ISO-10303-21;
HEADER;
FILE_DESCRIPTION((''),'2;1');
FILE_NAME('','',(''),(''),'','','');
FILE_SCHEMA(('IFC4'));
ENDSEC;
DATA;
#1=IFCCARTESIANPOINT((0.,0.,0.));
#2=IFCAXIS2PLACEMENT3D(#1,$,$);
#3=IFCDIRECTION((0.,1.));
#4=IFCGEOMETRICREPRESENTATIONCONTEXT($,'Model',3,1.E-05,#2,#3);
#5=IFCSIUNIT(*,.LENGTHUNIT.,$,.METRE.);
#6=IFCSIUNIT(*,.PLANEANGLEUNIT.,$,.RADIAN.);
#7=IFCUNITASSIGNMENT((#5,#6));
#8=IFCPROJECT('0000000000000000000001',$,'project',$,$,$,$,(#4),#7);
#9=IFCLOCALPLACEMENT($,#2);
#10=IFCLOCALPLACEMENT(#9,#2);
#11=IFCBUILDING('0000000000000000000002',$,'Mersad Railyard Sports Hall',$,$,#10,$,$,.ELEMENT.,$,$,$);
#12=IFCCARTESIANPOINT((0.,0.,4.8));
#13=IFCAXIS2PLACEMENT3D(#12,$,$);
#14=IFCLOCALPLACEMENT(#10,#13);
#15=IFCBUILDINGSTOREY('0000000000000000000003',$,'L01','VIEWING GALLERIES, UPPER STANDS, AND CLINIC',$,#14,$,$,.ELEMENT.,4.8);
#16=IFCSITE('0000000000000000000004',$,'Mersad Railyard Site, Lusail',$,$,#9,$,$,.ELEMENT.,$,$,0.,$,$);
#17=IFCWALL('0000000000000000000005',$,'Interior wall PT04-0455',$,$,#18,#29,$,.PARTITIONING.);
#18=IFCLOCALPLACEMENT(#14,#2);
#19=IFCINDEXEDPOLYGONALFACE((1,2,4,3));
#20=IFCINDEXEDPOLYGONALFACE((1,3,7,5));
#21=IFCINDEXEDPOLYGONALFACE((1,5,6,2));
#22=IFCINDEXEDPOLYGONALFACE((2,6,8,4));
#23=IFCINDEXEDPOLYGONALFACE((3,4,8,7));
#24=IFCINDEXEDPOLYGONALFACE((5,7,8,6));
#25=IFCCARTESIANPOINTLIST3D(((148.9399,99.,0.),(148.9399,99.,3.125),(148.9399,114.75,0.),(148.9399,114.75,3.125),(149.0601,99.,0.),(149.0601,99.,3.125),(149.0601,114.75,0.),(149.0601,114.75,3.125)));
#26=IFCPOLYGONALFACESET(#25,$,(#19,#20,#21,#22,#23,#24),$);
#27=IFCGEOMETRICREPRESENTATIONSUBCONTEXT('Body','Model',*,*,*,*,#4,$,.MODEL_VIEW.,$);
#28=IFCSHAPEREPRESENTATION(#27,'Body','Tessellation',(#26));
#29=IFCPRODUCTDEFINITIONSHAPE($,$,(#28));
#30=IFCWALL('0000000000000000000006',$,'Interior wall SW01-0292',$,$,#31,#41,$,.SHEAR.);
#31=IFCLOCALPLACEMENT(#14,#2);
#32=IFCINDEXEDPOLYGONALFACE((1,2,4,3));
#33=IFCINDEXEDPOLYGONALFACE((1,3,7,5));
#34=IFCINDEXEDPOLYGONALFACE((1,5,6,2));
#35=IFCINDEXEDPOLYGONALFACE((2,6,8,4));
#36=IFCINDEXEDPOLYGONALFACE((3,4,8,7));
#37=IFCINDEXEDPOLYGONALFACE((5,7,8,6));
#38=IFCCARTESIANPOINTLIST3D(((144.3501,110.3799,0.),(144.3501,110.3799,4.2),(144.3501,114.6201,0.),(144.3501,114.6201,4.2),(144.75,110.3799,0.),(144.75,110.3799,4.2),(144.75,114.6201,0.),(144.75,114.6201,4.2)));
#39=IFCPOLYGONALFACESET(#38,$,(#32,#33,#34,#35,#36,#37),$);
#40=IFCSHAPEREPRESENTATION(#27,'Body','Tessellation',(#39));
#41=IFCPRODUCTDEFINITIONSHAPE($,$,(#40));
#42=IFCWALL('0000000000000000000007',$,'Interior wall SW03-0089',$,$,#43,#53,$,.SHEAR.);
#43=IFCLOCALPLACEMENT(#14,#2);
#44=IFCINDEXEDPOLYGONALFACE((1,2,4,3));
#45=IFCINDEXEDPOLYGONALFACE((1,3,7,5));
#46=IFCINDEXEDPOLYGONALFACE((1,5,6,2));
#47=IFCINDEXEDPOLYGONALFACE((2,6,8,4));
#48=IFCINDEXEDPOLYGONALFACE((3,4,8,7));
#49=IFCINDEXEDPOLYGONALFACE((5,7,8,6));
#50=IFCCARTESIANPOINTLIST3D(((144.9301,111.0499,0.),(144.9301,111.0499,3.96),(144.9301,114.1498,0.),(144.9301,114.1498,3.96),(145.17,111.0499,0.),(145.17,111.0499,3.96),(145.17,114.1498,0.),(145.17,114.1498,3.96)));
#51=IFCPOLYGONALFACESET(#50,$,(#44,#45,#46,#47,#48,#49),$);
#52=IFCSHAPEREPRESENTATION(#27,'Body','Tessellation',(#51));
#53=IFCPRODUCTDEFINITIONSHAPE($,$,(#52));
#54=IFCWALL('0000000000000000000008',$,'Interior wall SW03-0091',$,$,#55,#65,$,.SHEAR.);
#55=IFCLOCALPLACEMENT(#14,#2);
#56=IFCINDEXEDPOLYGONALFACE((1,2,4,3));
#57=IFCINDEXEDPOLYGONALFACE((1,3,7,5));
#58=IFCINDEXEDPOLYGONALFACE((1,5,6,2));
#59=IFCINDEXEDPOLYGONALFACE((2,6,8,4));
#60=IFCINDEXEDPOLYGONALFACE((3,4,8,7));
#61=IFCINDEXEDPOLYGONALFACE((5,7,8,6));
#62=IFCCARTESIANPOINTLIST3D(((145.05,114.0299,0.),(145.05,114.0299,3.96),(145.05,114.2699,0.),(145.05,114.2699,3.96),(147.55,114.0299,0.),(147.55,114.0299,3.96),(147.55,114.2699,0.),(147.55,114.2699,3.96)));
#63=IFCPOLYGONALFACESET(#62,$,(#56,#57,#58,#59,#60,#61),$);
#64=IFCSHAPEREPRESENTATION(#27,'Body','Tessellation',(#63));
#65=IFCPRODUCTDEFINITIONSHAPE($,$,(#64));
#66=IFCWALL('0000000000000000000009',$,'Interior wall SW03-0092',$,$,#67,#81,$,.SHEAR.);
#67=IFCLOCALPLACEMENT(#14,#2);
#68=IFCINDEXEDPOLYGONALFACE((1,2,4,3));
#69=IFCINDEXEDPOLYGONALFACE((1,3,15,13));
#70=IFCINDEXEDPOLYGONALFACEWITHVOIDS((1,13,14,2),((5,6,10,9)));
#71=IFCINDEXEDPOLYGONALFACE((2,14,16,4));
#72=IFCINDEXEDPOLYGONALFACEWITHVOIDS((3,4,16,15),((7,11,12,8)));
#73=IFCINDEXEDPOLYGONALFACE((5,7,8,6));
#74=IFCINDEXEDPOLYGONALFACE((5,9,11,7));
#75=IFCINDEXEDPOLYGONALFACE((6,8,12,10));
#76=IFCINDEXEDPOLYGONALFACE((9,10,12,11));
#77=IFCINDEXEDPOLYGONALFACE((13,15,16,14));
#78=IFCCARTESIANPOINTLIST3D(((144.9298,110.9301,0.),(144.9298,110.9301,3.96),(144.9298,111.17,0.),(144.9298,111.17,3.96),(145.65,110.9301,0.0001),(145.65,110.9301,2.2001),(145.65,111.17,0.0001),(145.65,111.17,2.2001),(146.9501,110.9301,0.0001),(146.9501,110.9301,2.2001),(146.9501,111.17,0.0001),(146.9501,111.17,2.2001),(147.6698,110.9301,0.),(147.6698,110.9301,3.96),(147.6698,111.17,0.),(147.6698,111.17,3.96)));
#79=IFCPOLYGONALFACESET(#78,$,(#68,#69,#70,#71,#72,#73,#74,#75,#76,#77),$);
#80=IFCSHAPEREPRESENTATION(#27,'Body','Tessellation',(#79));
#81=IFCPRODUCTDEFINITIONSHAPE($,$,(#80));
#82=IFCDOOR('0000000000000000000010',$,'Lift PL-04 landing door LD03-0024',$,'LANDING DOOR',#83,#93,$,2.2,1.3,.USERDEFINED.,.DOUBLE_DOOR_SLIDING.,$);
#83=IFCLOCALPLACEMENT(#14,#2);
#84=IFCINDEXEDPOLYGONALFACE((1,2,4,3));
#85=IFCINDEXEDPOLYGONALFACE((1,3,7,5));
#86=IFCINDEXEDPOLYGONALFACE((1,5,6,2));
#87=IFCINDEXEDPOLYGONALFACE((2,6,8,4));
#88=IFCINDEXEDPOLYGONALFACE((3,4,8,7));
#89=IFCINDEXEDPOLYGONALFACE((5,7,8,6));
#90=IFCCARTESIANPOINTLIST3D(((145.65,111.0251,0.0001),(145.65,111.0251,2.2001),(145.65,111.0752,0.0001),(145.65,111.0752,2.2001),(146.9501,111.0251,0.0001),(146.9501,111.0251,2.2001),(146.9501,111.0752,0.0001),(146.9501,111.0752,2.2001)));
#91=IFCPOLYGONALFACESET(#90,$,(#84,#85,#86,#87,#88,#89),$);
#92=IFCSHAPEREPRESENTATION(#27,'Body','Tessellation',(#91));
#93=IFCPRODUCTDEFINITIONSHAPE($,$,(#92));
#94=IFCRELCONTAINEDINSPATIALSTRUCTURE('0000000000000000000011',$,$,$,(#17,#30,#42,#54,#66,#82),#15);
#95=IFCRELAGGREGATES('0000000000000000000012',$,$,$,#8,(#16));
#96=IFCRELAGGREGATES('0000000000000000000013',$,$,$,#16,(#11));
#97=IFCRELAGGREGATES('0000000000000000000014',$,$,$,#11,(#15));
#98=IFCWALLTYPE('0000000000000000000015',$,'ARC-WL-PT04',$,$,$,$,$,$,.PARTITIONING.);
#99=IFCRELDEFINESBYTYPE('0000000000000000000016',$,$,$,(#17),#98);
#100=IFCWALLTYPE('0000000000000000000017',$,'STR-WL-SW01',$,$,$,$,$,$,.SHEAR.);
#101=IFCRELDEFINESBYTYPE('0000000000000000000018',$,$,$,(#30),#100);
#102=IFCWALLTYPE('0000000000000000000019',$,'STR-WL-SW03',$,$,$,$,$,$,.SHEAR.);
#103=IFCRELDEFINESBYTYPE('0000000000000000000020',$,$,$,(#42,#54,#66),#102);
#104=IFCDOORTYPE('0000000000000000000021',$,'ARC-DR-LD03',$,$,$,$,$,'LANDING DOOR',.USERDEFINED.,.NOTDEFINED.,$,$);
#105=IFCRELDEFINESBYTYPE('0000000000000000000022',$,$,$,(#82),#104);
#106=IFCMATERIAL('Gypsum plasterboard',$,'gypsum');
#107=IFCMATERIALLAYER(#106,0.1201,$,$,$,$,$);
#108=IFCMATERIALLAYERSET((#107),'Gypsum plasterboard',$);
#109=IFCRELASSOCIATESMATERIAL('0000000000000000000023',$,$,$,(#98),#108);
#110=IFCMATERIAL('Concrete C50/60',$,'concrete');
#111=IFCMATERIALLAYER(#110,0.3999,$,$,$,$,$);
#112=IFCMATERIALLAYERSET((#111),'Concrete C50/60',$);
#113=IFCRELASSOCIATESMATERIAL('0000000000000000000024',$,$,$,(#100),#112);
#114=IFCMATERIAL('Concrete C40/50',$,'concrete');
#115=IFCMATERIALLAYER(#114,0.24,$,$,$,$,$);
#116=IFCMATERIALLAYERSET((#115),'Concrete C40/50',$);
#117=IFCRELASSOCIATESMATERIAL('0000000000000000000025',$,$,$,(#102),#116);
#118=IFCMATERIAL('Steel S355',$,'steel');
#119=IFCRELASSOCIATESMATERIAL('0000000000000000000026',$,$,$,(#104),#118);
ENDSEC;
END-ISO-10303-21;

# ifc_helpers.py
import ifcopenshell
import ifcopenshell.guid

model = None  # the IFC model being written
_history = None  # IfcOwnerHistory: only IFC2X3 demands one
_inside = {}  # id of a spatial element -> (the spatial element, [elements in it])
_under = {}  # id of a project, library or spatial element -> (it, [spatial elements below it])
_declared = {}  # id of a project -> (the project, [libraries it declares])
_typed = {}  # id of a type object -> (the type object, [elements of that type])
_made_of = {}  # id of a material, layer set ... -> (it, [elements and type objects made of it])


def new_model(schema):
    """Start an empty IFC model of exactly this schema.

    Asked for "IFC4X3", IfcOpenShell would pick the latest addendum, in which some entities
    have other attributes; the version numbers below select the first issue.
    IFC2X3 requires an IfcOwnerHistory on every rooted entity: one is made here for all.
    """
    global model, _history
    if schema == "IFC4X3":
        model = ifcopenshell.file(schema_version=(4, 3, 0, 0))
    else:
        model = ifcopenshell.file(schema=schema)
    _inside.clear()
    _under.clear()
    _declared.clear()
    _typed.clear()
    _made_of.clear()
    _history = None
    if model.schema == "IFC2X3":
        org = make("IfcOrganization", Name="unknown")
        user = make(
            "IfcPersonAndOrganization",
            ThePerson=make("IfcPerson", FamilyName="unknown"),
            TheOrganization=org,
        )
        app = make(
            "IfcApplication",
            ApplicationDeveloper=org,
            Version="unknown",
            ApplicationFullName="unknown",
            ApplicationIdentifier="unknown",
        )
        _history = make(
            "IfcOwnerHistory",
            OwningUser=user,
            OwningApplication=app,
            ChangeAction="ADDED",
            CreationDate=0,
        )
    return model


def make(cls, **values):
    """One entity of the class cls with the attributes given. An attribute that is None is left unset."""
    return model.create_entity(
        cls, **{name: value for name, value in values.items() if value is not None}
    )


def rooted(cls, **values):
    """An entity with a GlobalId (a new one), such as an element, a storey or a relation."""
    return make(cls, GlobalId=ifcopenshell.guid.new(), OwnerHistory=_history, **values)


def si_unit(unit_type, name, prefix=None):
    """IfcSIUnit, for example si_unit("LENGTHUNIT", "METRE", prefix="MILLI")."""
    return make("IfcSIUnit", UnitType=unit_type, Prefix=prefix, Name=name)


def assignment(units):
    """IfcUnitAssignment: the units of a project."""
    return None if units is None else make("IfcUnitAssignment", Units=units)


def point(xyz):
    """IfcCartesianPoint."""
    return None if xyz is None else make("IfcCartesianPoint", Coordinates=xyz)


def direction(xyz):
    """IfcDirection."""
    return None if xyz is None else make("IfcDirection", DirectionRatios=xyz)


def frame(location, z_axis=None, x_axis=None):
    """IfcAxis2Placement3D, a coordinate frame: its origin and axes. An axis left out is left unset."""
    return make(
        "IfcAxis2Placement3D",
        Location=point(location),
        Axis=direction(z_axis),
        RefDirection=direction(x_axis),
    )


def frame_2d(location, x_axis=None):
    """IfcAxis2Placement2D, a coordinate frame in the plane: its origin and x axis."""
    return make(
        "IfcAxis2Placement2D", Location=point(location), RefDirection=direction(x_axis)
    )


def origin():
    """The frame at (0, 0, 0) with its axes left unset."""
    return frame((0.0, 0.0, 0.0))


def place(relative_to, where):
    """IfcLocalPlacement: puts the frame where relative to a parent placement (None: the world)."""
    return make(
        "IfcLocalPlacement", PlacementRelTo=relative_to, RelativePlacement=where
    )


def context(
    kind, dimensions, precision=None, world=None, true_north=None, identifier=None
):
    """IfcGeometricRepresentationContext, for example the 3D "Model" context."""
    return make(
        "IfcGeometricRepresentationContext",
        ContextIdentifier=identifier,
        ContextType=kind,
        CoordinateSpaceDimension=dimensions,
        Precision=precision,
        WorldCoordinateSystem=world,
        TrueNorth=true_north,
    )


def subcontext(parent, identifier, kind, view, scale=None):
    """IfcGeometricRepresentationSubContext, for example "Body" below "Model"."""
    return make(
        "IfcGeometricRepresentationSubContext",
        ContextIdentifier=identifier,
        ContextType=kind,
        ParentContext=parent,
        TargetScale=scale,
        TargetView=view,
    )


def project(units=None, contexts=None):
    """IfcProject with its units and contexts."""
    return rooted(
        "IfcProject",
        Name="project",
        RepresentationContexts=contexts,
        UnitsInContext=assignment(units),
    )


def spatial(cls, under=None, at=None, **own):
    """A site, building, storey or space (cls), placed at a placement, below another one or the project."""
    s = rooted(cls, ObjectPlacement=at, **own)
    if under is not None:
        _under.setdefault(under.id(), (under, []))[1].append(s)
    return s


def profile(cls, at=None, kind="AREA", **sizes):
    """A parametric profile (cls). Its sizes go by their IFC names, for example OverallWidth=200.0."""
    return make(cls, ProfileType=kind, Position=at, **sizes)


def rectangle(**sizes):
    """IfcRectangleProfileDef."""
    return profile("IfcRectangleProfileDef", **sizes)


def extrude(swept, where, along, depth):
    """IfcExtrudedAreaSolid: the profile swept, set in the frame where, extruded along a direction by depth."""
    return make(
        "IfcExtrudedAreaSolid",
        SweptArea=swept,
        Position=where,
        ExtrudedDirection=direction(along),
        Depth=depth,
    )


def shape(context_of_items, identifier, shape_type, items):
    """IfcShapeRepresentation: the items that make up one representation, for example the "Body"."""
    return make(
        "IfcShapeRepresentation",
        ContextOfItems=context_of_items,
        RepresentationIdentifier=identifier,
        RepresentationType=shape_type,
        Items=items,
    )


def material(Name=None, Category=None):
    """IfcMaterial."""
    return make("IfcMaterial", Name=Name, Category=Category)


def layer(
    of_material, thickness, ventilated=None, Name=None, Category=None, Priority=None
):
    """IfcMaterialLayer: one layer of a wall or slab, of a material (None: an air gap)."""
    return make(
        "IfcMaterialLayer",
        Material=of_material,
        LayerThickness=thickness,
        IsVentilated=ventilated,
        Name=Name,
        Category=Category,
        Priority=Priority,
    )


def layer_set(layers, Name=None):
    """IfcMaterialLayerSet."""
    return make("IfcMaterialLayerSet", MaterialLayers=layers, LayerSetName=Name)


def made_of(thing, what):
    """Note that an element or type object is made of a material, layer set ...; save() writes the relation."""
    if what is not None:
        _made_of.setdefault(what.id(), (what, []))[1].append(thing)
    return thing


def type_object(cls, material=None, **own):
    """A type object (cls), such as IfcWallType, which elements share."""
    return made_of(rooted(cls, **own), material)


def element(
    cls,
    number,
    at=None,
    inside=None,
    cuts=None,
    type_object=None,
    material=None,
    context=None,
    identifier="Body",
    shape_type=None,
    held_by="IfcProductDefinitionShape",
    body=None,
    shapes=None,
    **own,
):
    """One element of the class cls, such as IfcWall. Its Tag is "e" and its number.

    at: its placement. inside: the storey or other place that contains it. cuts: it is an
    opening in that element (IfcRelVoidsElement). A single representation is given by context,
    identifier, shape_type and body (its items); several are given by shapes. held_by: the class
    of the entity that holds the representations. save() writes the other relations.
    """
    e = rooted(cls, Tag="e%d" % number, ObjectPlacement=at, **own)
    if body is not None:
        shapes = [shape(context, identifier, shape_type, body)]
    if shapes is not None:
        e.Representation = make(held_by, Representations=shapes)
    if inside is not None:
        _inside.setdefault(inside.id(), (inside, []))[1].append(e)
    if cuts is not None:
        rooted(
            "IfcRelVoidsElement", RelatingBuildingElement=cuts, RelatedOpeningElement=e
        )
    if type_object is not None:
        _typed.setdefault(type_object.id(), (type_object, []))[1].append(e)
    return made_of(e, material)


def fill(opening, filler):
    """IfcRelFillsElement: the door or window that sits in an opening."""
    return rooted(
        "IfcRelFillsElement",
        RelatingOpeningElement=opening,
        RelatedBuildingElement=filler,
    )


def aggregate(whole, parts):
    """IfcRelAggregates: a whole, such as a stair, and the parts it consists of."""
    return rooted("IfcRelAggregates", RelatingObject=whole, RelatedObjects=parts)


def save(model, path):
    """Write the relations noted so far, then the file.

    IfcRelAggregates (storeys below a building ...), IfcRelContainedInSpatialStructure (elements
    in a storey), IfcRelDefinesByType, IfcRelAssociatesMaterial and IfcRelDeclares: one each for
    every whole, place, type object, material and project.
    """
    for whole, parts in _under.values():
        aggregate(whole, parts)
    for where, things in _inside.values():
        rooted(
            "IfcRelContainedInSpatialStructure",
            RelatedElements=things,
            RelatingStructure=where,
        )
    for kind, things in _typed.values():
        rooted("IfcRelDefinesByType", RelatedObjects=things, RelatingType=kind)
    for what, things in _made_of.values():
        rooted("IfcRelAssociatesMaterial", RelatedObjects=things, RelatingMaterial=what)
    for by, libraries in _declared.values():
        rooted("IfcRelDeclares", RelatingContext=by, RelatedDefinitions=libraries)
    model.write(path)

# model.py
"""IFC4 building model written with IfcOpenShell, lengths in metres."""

from ifc_helpers import new_model, si_unit, direction, frame, frame_2d, origin, place, context, subcontext, project, spatial, rectangle, extrude, material, layer, layer_set, type_object, element, fill, save


model = new_model("IFC4")

# Units and contexts
model_context = context("Model", 3, precision=1e-05, world=origin(), true_north=direction((0.0, 1.0)))
body_context = subcontext(model_context, "Body", "Model", "MODEL_VIEW")
ifc_project = project(units=[si_unit("LENGTHUNIT", "METRE"), si_unit("PLANEANGLEUNIT", "RADIAN")], contexts=[model_context])

# Site, building, storey
site_placement = place(None, origin())
site = spatial("IfcSite", under=ifc_project, at=site_placement, Name="Mersad Railyard Site, Lusail", CompositionType="ELEMENT", RefElevation=0.0)
building_placement = place(site_placement, origin())
building = spatial("IfcBuilding", under=site, at=building_placement, Name="Mersad Railyard Sports Hall", CompositionType="ELEMENT")
storey_placement = place(building_placement, frame((0.0, 0.0, 4.8)))
storey = spatial("IfcBuildingStorey", under=building, at=storey_placement, Name="L01", Description="VIEWING GALLERIES, UPPER STANDS, AND CLINIC", CompositionType="ELEMENT", Elevation=4.8)

# Shared definitions
ifc_material_1 = material(Name="Concrete C50/60", Category="concrete")

# Shared definitions
ifc_material_2 = material(Name="Concrete C40/50", Category="concrete")

# Shared definitions
ifc_material_3 = material(Name="Steel S355", Category="steel")
ifc_material_4 = material(Name="Gypsum plasterboard", Category="gypsum")

# Wall
ifc_layer_1 = layer(ifc_material_4, 0.1201)
ifc_layer_set_1 = layer_set([ifc_layer_1], Name="Gypsum plasterboard")
wall_type_1 = type_object("IfcWallType", Name="ARC-WL-PT04", PredefinedType="PARTITIONING", material=ifc_layer_set_1)
wall_1_placement = place(storey_placement, frame((149.0, 99.0, 0.0), z_axis=(0.0, 0.0, 1.0), x_axis=(0.0, 1.0, 0.0)))
element("IfcWall", 1, at=wall_1_placement, inside=storey, type_object=wall_type_1, Name="Interior wall PT04-0455", PredefinedType="PARTITIONING", context=body_context, shape_type="SweptSolid", body=[
    extrude(rectangle(XDim=15.75, YDim=0.1201, at=frame_2d((7.875, 0.0))), origin(), (0.0, 0.0, 1.0), 3.125),
])

# Shared definitions
ifc_layer_2 = layer(ifc_material_1, 0.3999)
ifc_layer_set_2 = layer_set([ifc_layer_2], Name="Concrete C50/60")
wall_type_2 = type_object("IfcWallType", Name="STR-WL-SW01", PredefinedType="SHEAR", material=ifc_layer_set_2)

# Walls
wall_2_placement = place(storey_placement, frame((144.55, 110.3799, 0.0), z_axis=(0.0, 0.0, 1.0), x_axis=(0.0, 1.0, 0.0)))
element("IfcWall", 2, at=wall_2_placement, inside=storey, type_object=wall_type_2, Name="Interior wall SW01-0292", PredefinedType="SHEAR", context=body_context, shape_type="SweptSolid", body=[
    extrude(rectangle(XDim=4.2402, YDim=0.3999, at=frame_2d((2.1201, 0.0))), origin(), (0.0, 0.0, 1.0), 4.2),
])
ifc_layer_3 = layer(ifc_material_2, 0.24)
ifc_layer_set_3 = layer_set([ifc_layer_3], Name="Concrete C40/50")
wall_type_3 = type_object("IfcWallType", Name="STR-WL-SW03", PredefinedType="SHEAR", material=ifc_layer_set_3)
wall_3_placement = place(storey_placement, frame((145.05, 111.05, 0.0), z_axis=(0.0, 0.0, 1.0), x_axis=(0.0, 1.0, 0.0)))
element("IfcWall", 3, at=wall_3_placement, inside=storey, type_object=wall_type_3, Name="Interior wall SW03-0089", PredefinedType="SHEAR", context=body_context, shape_type="SweptSolid", body=[
    extrude(rectangle(XDim=3.0999, YDim=0.24, at=frame_2d((1.5498, 0.0))), origin(), (0.0, 0.0, 1.0), 3.96),
])
wall_4_placement = place(storey_placement, frame((145.05, 114.1499, 0.0), z_axis=(0.0, 0.0, 1.0), x_axis=(1.0, 0.0, 0.0)))
element("IfcWall", 4, at=wall_4_placement, inside=storey, type_object=wall_type_3, Name="Interior wall SW03-0091", PredefinedType="SHEAR", context=body_context, shape_type="SweptSolid", body=[
    extrude(rectangle(XDim=2.5, YDim=0.24, at=frame_2d((1.25, 0.0))), origin(), (0.0, 0.0, 1.0), 3.96),
])

# Wall, opening, door
wall_5_placement = place(storey_placement, frame((147.6699, 111.05, 0.0), z_axis=(0.0, 0.0, 1.0), x_axis=(-1.0, 0.0, 0.0)))
wall_5 = element("IfcWall", 5, at=wall_5_placement, inside=storey, type_object=wall_type_3, Name="Interior wall SW03-0092", PredefinedType="SHEAR", context=body_context, shape_type="SweptSolid", body=[
    extrude(rectangle(XDim=2.74, YDim=0.24, at=frame_2d((1.3701, 0.0))), origin(), (0.0, 0.0, 1.0), 3.96),
])
opening_1_placement = place(wall_5_placement, frame((0.72, 0.0, 0.0)))
opening_1 = element("IfcOpeningElement", 6, at=opening_1_placement, cuts=wall_5, PredefinedType="OPENING", context=body_context, shape_type="SweptSolid", body=[
    extrude(rectangle(XDim=1.3, YDim=2.2, at=frame_2d((0.6499, 1.1001))), frame((0.0, 0.1299, 0.0), z_axis=(0.0, -1.0, 0.0), x_axis=(1.0, 0.0, 0.0)), (0.0, 0.0, 1.0), 0.26),
])
door_type_1 = type_object("IfcDoorType", Name="ARC-DR-LD03", ElementType="LANDING DOOR", OperationType="NOTDEFINED", PredefinedType="USERDEFINED", material=ifc_material_3)
door_1_placement = place(opening_1_placement, origin())
door_1 = element("IfcDoor", 7, at=door_1_placement, inside=storey, type_object=door_type_1, Name="Lift PL-04 landing door LD03-0024", ObjectType="LANDING DOOR", OperationType="DOUBLE_DOOR_SLIDING", OverallHeight=2.2, OverallWidth=1.3, PredefinedType="USERDEFINED", context=body_context, shape_type="SweptSolid", body=[
    extrude(rectangle(XDim=1.3, YDim=2.2, at=frame_2d((0.6499, 1.1001))), frame((0.0, 0.0249, 0.0), z_axis=(0.0, -1.0, 0.0), x_axis=(1.0, 0.0, 0.0)), (0.0, 0.0, 1.0), 0.05),
])
fill(opening_1, door_1)

save(model, "model.ifc")
